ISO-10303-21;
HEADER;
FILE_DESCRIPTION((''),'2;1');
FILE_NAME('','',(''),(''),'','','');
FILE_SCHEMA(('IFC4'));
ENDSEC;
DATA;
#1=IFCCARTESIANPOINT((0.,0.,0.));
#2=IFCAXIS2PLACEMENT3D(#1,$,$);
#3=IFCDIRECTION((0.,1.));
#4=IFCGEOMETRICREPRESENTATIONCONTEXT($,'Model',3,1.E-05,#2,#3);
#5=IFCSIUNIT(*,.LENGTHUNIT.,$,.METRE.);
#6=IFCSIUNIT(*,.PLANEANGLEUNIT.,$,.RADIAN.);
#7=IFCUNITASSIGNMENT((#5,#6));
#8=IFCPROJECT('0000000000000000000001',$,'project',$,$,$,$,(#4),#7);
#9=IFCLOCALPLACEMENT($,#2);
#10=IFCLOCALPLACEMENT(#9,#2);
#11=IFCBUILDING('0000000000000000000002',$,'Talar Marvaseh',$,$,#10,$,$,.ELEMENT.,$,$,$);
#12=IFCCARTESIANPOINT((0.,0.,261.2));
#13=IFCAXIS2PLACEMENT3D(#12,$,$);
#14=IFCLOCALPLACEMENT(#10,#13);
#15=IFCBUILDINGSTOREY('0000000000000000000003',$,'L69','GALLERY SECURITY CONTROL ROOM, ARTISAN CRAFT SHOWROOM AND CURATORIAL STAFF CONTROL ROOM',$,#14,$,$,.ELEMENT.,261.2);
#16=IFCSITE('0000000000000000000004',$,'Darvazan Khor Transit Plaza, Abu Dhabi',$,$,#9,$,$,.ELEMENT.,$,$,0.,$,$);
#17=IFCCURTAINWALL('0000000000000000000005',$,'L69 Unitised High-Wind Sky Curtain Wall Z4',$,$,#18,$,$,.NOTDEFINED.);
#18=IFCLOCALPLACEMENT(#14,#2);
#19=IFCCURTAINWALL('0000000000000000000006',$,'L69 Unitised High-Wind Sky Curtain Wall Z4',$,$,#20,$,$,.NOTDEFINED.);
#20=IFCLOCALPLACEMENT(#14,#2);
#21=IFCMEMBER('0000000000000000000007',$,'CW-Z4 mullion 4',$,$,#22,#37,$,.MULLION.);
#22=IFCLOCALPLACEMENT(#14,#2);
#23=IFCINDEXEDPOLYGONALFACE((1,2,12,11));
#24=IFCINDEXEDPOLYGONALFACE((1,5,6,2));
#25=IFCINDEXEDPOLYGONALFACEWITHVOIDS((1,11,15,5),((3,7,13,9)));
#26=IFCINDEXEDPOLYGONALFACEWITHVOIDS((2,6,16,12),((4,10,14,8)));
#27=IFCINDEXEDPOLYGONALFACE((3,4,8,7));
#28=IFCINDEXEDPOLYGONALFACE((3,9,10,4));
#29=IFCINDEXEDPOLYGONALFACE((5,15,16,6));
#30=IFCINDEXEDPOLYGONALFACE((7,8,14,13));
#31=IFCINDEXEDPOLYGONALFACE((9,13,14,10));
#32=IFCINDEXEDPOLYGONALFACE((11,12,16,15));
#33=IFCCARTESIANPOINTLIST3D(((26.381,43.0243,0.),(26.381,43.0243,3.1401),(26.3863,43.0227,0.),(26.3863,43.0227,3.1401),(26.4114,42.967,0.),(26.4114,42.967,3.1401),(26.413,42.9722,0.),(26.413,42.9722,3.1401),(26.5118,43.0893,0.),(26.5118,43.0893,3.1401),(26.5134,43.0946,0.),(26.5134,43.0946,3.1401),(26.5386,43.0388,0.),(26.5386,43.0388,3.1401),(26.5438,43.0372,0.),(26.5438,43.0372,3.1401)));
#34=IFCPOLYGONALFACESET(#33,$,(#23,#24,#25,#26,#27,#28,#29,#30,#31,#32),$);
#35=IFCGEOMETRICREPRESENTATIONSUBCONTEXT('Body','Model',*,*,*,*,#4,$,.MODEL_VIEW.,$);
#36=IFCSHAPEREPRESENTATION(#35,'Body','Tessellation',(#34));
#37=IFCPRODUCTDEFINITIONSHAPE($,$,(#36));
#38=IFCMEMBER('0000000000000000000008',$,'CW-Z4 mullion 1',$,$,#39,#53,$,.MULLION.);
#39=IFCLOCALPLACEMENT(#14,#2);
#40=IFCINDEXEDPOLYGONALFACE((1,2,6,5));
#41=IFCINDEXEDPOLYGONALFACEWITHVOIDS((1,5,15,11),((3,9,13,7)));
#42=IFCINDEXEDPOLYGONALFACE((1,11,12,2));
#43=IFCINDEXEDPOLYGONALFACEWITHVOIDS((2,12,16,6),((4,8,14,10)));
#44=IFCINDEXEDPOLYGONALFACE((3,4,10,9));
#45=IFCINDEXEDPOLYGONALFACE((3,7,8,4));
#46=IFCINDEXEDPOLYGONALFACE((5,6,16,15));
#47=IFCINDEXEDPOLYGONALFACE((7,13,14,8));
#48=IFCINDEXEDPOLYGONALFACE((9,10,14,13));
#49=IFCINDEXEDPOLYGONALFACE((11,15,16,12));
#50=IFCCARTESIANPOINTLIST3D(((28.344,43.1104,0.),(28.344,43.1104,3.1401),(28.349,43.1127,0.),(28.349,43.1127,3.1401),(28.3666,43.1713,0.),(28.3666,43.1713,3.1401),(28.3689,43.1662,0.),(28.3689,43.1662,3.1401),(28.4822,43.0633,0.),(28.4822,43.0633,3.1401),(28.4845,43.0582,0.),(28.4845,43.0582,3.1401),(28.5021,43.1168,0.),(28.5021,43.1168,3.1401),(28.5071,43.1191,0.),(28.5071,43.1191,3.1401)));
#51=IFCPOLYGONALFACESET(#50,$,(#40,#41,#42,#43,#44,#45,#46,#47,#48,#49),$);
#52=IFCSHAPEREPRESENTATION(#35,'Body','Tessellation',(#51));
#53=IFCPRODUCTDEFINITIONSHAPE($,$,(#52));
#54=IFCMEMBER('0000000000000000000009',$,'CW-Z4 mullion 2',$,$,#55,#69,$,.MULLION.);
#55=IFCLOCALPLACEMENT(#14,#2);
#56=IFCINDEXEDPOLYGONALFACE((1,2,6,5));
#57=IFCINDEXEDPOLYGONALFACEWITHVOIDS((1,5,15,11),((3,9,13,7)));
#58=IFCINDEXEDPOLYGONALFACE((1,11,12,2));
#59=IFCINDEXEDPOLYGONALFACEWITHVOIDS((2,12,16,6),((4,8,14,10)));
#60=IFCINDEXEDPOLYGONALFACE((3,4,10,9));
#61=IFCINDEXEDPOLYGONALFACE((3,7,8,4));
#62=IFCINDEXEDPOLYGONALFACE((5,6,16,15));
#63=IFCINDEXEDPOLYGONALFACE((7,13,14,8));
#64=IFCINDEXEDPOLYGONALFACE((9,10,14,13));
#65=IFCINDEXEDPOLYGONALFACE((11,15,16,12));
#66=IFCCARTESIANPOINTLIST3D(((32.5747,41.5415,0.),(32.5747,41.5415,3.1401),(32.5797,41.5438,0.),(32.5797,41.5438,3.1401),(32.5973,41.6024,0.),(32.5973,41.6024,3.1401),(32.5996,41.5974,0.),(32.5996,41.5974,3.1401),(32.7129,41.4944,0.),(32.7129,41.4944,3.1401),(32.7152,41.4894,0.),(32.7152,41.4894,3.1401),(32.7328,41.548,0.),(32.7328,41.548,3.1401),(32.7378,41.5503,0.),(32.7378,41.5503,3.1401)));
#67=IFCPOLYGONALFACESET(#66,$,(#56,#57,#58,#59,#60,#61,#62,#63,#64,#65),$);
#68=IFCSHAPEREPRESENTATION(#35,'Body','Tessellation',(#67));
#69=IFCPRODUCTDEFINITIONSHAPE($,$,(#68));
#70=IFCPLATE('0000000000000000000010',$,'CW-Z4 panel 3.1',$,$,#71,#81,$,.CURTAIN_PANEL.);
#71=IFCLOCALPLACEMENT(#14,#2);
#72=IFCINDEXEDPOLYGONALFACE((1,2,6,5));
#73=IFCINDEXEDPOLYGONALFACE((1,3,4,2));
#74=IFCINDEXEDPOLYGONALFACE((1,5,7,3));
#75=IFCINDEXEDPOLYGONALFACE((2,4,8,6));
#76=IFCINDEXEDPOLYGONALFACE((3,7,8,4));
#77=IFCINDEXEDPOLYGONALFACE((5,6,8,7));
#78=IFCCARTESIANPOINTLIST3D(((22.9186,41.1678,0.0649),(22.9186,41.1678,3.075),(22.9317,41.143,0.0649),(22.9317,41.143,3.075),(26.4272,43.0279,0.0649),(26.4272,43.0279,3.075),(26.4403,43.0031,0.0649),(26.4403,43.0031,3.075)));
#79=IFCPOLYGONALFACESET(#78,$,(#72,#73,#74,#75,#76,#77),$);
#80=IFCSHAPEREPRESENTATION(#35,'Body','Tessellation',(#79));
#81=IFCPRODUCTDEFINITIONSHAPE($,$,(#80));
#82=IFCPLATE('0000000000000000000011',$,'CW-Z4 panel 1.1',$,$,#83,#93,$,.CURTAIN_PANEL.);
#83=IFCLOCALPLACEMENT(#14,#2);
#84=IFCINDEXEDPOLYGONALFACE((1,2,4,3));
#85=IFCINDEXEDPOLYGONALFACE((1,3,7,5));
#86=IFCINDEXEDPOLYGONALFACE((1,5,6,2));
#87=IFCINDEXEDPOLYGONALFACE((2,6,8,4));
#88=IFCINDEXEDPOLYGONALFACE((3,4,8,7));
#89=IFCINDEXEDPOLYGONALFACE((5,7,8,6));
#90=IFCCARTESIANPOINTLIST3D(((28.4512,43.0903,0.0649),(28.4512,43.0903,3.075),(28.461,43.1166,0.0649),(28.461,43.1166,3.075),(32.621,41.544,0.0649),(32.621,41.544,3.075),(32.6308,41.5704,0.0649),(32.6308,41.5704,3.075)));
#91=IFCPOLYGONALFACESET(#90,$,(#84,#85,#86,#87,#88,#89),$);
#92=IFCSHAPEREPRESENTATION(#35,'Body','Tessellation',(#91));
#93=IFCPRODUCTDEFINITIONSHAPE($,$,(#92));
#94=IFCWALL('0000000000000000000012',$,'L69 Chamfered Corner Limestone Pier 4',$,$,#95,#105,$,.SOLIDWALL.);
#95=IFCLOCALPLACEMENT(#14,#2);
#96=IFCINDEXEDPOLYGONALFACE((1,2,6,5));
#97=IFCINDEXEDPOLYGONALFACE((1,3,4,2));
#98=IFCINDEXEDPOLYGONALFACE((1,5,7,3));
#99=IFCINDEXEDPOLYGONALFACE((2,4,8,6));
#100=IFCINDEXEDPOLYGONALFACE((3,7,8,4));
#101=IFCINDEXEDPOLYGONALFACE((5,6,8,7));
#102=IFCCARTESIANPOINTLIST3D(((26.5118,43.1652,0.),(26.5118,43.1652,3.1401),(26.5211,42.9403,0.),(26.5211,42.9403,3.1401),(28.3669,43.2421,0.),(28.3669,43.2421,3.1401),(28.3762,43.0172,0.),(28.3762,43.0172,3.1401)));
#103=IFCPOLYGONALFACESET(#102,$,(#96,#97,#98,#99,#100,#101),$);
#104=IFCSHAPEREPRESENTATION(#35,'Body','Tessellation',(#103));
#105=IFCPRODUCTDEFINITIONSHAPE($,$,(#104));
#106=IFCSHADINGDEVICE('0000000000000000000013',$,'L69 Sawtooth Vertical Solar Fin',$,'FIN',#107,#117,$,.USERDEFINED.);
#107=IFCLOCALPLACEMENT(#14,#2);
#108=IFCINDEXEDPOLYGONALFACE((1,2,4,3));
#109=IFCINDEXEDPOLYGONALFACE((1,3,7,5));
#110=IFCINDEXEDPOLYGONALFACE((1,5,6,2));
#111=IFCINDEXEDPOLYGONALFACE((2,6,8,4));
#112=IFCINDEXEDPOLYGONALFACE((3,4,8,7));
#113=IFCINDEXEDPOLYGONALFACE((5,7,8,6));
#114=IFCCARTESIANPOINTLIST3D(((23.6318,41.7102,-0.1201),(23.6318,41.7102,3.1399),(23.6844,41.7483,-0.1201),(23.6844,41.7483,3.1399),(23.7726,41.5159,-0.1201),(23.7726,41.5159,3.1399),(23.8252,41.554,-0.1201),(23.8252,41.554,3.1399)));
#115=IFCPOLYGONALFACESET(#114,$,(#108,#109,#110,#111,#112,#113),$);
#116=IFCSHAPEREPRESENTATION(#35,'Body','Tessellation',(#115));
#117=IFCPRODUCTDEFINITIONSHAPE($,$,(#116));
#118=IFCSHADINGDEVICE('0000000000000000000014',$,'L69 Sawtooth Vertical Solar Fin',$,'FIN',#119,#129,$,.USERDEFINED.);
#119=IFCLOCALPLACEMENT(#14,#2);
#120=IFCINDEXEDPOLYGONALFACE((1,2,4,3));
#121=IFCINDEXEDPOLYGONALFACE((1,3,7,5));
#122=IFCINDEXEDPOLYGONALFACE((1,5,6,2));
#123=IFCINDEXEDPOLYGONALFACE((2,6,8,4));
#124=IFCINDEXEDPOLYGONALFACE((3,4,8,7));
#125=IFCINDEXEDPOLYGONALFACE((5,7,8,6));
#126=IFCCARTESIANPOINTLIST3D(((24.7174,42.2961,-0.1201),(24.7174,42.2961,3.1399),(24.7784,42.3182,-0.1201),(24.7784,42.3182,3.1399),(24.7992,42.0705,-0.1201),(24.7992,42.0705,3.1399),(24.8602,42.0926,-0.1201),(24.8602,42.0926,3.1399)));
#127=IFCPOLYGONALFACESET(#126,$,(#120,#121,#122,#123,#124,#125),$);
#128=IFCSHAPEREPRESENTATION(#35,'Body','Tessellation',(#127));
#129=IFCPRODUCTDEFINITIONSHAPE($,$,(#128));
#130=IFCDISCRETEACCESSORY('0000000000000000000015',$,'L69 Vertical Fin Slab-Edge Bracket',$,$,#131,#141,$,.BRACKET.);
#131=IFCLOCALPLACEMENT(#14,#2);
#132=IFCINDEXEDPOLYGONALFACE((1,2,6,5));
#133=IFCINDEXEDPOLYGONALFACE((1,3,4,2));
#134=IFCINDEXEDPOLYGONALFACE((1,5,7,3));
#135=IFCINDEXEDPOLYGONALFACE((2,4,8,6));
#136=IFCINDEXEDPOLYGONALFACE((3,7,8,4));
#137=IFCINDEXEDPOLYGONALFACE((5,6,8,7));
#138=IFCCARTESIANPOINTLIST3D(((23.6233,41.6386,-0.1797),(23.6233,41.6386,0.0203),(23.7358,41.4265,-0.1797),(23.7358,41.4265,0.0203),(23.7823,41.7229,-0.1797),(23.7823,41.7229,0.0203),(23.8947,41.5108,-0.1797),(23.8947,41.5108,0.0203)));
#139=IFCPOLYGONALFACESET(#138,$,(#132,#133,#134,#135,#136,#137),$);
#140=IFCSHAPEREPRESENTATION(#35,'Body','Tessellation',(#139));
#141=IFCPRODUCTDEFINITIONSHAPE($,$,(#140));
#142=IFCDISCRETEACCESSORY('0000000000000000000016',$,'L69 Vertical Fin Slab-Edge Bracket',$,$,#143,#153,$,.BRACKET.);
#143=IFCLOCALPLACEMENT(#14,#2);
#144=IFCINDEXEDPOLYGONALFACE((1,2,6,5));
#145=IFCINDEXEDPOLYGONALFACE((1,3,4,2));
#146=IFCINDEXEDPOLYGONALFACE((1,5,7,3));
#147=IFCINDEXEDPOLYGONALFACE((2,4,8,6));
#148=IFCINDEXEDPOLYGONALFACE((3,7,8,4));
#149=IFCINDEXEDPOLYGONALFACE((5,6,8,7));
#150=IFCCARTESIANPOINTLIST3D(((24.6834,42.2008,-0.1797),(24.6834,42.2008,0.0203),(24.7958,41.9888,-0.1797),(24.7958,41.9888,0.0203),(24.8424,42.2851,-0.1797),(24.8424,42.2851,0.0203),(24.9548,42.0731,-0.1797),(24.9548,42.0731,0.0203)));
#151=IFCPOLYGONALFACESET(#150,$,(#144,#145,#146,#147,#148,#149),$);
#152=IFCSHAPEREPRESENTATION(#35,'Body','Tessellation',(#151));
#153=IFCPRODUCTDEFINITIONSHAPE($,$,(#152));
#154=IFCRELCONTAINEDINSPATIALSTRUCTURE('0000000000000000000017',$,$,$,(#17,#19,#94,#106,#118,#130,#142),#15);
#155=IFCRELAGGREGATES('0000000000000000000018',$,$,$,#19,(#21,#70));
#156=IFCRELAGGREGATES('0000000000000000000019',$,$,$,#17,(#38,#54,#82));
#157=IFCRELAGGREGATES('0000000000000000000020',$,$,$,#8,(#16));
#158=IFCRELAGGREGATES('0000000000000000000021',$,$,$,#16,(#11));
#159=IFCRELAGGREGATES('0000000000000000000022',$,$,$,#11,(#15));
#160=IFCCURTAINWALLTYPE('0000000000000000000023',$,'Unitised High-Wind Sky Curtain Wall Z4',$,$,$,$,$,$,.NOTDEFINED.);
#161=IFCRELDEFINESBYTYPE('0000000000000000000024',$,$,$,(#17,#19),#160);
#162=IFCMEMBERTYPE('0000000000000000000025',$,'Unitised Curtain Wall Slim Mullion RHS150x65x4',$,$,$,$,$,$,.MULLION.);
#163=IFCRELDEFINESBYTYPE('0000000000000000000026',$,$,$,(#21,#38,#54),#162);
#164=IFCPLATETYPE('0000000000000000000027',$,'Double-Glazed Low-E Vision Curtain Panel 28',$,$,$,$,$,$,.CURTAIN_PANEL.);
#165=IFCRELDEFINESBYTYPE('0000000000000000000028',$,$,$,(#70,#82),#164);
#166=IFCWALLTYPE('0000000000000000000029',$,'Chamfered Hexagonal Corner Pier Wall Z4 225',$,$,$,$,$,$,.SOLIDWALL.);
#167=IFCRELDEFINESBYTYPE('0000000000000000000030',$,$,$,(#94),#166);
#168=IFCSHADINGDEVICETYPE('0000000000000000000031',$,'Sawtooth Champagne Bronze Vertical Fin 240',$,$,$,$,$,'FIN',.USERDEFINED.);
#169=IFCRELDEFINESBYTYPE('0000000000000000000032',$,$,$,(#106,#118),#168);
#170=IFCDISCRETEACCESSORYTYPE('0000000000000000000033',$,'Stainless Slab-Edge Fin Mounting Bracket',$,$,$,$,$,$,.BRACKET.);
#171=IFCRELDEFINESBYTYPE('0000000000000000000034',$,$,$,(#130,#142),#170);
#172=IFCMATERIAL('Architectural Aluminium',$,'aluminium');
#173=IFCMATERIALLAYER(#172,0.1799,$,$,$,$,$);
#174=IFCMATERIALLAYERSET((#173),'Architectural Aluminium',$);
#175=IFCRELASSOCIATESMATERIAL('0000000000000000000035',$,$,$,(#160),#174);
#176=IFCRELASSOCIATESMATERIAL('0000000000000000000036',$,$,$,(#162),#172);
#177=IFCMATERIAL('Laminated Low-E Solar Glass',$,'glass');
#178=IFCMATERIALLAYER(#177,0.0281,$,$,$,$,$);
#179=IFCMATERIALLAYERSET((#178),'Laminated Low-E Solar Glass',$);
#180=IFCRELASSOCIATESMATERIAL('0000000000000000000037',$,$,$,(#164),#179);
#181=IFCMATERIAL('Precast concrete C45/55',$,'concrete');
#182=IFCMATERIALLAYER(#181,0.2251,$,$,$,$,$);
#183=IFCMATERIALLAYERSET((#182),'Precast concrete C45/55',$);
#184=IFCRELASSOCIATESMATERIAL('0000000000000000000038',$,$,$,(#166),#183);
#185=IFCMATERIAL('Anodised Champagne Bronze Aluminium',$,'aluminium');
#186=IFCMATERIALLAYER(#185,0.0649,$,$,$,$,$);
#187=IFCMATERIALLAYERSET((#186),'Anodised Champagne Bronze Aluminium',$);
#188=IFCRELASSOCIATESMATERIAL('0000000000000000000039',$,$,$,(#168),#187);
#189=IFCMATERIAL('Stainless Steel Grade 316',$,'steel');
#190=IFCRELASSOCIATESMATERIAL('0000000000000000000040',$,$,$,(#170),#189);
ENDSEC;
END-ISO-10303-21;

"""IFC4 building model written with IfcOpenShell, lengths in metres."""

from ifc_helpers import new_model, si_unit, direction, frame, frame_2d, origin, origin_2d, place, context, subcontext, project, spatial, rectangle, hollow_rectangle, extrude, source, transform, mapped, material, layer, layer_set, material_profile, profile_set, type_object, type_shapes, element, aggregate, save


model = new_model("IFC4")

# Units and contexts
model_context = context("Model", 3, precision=1e-05, world=origin(), true_north=direction((0.0, 1.0)))
body_context = subcontext(model_context, "Body", "Model", "MODEL_VIEW")
ifc_project = project(units=[si_unit("LENGTHUNIT", "METRE"), si_unit("PLANEANGLEUNIT", "RADIAN")], contexts=[model_context])

# Site, building, storey
site_placement = place(None, origin())
site = spatial("IfcSite", under=ifc_project, at=site_placement, Name="Darvazan Khor Transit Plaza, Abu Dhabi", CompositionType="ELEMENT", RefElevation=0.0)
building_placement = place(site_placement, origin())
building = spatial("IfcBuilding", under=site, at=building_placement, Name="Talar Marvaseh", CompositionType="ELEMENT")
storey_placement = place(building_placement, frame((0.0, 0.0, 261.2)))
storey = spatial("IfcBuildingStorey", under=building, at=storey_placement, Name="L69", Description="GALLERY SECURITY CONTROL ROOM, ARTISAN CRAFT SHOWROOM AND CURATORIAL STAFF CONTROL ROOM", CompositionType="ELEMENT", Elevation=261.2)

# Curtain walls
ifc_material_1 = material(Name="Architectural Aluminium", Category="aluminium")
ifc_layer_1 = layer(ifc_material_1, 0.1799)
ifc_layer_set_1 = layer_set([ifc_layer_1], Name="Architectural Aluminium")
curtain_wall_type = type_object("IfcCurtainWallType", Name="Unitised High-Wind Sky Curtain Wall Z4", PredefinedType="NOTDEFINED", material=ifc_layer_set_1)
curtain_wall_1_placement = place(storey_placement, origin())
curtain_wall_1 = element("IfcCurtainWall", 1, at=curtain_wall_1_placement, inside=storey, type_object=curtain_wall_type, Name="L69 Unitised High-Wind Sky Curtain Wall Z4", PredefinedType="NOTDEFINED")
curtain_wall_2_placement = place(storey_placement, origin())
curtain_wall_2 = element("IfcCurtainWall", 2, at=curtain_wall_2_placement, inside=storey, type_object=curtain_wall_type, Name="L69 Unitised High-Wind Sky Curtain Wall Z4", PredefinedType="NOTDEFINED")

# Members
ifc_material_profile_1 = material_profile(ifc_material_1, hollow_rectangle(XDim=0.0649, YDim=0.1499, WallThickness=0.0039, at=origin_2d()), Name="RHS150x65x4")
ifc_profile_set_1 = profile_set([ifc_material_profile_1], Name="Architectural Aluminium")
member_type_1 = type_object("IfcMemberType", Name="Unitised Curtain Wall Slim Mullion RHS150x65x4", PredefinedType="MULLION", material=ifc_profile_set_1)
shared_shape_1 = source(origin(), body_context, "Body", "SweptSolid", [
    extrude(hollow_rectangle(XDim=0.0649, YDim=0.1499, WallThickness=0.0039, at=origin_2d()), origin(), (0.0, 0.0, 1.0), 3.1401),
])
type_shapes(member_type_1, [shared_shape_1])
member_1_placement = place(storey_placement, frame((26.4624, 43.0308, 0.0), z_axis=(0.0, 0.0, 1.0), x_axis=(-0.46842, 0.883506, 0.0)))
member_1 = element("IfcMember", 3, at=member_1_placement, type_object=member_type_1, Name="CW-Z4 mullion 4", PredefinedType="MULLION", context=body_context, shape_type="MappedRepresentation", body=[
    mapped(shared_shape_1, transform((0.0, 0.0, 0.0), x_axis=(1.0, 0.0, 0.0), y_axis=(0.0, 1.0, 0.0), z_axis=(0.0, 0.0, 1.0), scale=1.0)),
])
member_2_placement = place(storey_placement, frame((28.4255, 43.1147, 0.0), z_axis=(0.0, 0.0, 1.0), x_axis=(0.347687, 0.93761, 0.0)))
member_2 = element("IfcMember", 4, at=member_2_placement, type_object=member_type_1, Name="CW-Z4 mullion 1", PredefinedType="MULLION", context=body_context, shape_type="MappedRepresentation", body=[
    mapped(shared_shape_1, transform((0.0, 0.0, 0.0), x_axis=(1.0, 0.0, 0.0), y_axis=(0.0, 1.0, 0.0), z_axis=(0.0, 0.0, 1.0), scale=1.0)),
])
member_3_placement = place(storey_placement, frame((32.6562, 41.5459, 0.0), z_axis=(0.0, 0.0, 1.0), x_axis=(0.347687, 0.93761, 0.0)))
member_3 = element("IfcMember", 5, at=member_3_placement, type_object=member_type_1, Name="CW-Z4 mullion 2", PredefinedType="MULLION", context=body_context, shape_type="MappedRepresentation", body=[
    mapped(shared_shape_1, transform((0.0, 0.0, 0.0), x_axis=(1.0, 0.0, 0.0), y_axis=(0.0, 1.0, 0.0), z_axis=(0.0, 0.0, 1.0), scale=1.0)),
])

# Plates
ifc_material_2 = material(Name="Laminated Low-E Solar Glass", Category="glass")
ifc_layer_2 = layer(ifc_material_2, 0.0281)
ifc_layer_set_2 = layer_set([ifc_layer_2], Name="Laminated Low-E Solar Glass")
plate_type = type_object("IfcPlateType", Name="Double-Glazed Low-E Vision Curtain Panel 28", PredefinedType="CURTAIN_PANEL", material=ifc_layer_set_2)
shared_shape_2 = source(origin(), body_context, "Body", "SweptSolid", [
    extrude(rectangle(XDim=3.9712, YDim=0.0281, at=origin_2d()), origin(), (0.0, 0.0, 1.0), 3.01),
])
plate_1_placement = place(storey_placement, frame((24.6794, 42.0854, 0.0649), z_axis=(0.0, 0.0, 1.0), x_axis=(0.883506, 0.46842, 0.0)))
plate_1 = element("IfcPlate", 6, at=plate_1_placement, type_object=plate_type, Name="CW-Z4 panel 3.1", PredefinedType="CURTAIN_PANEL", context=body_context, shape_type="MappedRepresentation", body=[
    mapped(shared_shape_2, transform((0.0, 0.0, 0.0), x_axis=(1.0, 0.0, 0.0), y_axis=(0.0, 1.0, 0.0), z_axis=(0.0, 0.0, 1.0), scale=1.0)),
])
aggregate(curtain_wall_2, [member_1, plate_1])
shared_shape_3 = source(origin(), body_context, "Body", "SweptSolid", [
    extrude(rectangle(XDim=4.4473, YDim=0.0281, at=origin_2d()), origin(), (0.0, 0.0, 1.0), 3.01),
])
type_shapes(plate_type, [shared_shape_2, shared_shape_3])
plate_2_placement = place(storey_placement, frame((30.541, 42.3303, 0.0649), z_axis=(0.0, 0.0, 1.0), x_axis=(0.93761, -0.347687, 0.0)))
plate_2 = element("IfcPlate", 7, at=plate_2_placement, type_object=plate_type, Name="CW-Z4 panel 1.1", PredefinedType="CURTAIN_PANEL", context=body_context, shape_type="MappedRepresentation", body=[
    mapped(shared_shape_3, transform((0.0, 0.0, 0.0), x_axis=(1.0, 0.0, 0.0), y_axis=(0.0, 1.0, 0.0), z_axis=(0.0, 0.0, 1.0), scale=1.0)),
])
aggregate(curtain_wall_1, [member_2, member_3, plate_2])

# Wall
ifc_material_3 = material(Name="Precast concrete C45/55", Category="concrete")
ifc_layer_3 = layer(ifc_material_3, 0.2251)
ifc_layer_set_3 = layer_set([ifc_layer_3], Name="Precast concrete C45/55")
wall_type = type_object("IfcWallType", Name="Chamfered Hexagonal Corner Pier Wall Z4 225", PredefinedType="SOLIDWALL", material=ifc_layer_set_3)
wall_placement = place(storey_placement, frame((26.5166, 43.0527, 0.0), z_axis=(0.0, 0.0, 1.0), x_axis=(0.999142, 0.041423, 0.0)))
element("IfcWall", 8, at=wall_placement, inside=storey, type_object=wall_type, Name="L69 Chamfered Corner Limestone Pier 4", PredefinedType="SOLIDWALL", context=body_context, shape_type="SweptSolid", body=[
    extrude(rectangle(XDim=1.8567, YDim=0.2251, at=frame_2d((0.9282, 0.0))), origin(), (0.0, 0.0, 1.0), 3.1401),
])

# Shading devices
ifc_material_4 = material(Name="Anodised Champagne Bronze Aluminium", Category="aluminium")
ifc_layer_4 = layer(ifc_material_4, 0.0649)
ifc_layer_set_4 = layer_set([ifc_layer_4], Name="Anodised Champagne Bronze Aluminium")
shading_device_type = type_object("IfcShadingDeviceType", Name="Sawtooth Champagne Bronze Vertical Fin 240", ElementType="FIN", PredefinedType="USERDEFINED", material=ifc_layer_set_4)
shared_shape_4 = source(origin(), body_context, "Body", "SweptSolid", [
    extrude(rectangle(XDim=0.24, YDim=0.0649, at=origin_2d()), origin(), (0.0, 0.0, 1.0), 3.26),
])
type_shapes(shading_device_type, [shared_shape_4])
for number, where, z_axis, x_axis, name in (
    (9, (23.7285, 41.6321, -0.1201), (0.0, 0.0, 1.0), (-0.586796, 0.809735, 0.0), "L69 Sawtooth Vertical Solar Fin"),
    (10, (24.7888, 42.1943, -0.1201), (0.0, 0.0, 1.0), (-0.340872, 0.94011, 0.0), "L69 Sawtooth Vertical Solar Fin"),
):
    element("IfcShadingDevice", number, at=place(storey_placement, frame(where, z_axis=z_axis, x_axis=x_axis)), inside=storey, type_object=shading_device_type, Name=name, ObjectType="FIN", PredefinedType="USERDEFINED", context=body_context, shape_type="MappedRepresentation", body=[
        mapped(shared_shape_4, transform((0.0, 0.0, 0.0), x_axis=(1.0, 0.0, 0.0), y_axis=(0.0, 1.0, 0.0), z_axis=(0.0, 0.0, 1.0), scale=1.0)),
    ])

# Discrete accessories
ifc_material_5 = material(Name="Stainless Steel Grade 316", Category="steel")
discrete_accessory_type = type_object("IfcDiscreteAccessoryType", Name="Stainless Slab-Edge Fin Mounting Bracket", PredefinedType="BRACKET", material=ifc_material_5)
shared_shape_5 = source(origin(), body_context, "Body", "SweptSolid", [
    extrude(rectangle(XDim=0.24, YDim=0.1799, at=origin_2d()), origin(), (0.0, 0.0, 1.0), 0.2),
])
type_shapes(discrete_accessory_type, [shared_shape_5])
for number, where, z_axis, x_axis, name in (
    (11, (23.759, 41.5747, -0.1797), (0.0, 0.0, 1.0), (-0.468392, 0.883521, 0.0), "L69 Vertical Fin Slab-Edge Bracket"),
    (12, (24.8191, 42.137, -0.1797), (0.0, 0.0, 1.0), (-0.468392, 0.883521, 0.0), "L69 Vertical Fin Slab-Edge Bracket"),
):
    element("IfcDiscreteAccessory", number, at=place(storey_placement, frame(where, z_axis=z_axis, x_axis=x_axis)), inside=storey, type_object=discrete_accessory_type, Name=name, PredefinedType="BRACKET", context=body_context, shape_type="MappedRepresentation", body=[
        mapped(shared_shape_5, transform((0.0, 0.0, 0.0), x_axis=(1.0, 0.0, 0.0), y_axis=(0.0, 1.0, 0.0), z_axis=(0.0, 0.0, 1.0), scale=1.0)),
    ])

save(model, "model.ifc")
